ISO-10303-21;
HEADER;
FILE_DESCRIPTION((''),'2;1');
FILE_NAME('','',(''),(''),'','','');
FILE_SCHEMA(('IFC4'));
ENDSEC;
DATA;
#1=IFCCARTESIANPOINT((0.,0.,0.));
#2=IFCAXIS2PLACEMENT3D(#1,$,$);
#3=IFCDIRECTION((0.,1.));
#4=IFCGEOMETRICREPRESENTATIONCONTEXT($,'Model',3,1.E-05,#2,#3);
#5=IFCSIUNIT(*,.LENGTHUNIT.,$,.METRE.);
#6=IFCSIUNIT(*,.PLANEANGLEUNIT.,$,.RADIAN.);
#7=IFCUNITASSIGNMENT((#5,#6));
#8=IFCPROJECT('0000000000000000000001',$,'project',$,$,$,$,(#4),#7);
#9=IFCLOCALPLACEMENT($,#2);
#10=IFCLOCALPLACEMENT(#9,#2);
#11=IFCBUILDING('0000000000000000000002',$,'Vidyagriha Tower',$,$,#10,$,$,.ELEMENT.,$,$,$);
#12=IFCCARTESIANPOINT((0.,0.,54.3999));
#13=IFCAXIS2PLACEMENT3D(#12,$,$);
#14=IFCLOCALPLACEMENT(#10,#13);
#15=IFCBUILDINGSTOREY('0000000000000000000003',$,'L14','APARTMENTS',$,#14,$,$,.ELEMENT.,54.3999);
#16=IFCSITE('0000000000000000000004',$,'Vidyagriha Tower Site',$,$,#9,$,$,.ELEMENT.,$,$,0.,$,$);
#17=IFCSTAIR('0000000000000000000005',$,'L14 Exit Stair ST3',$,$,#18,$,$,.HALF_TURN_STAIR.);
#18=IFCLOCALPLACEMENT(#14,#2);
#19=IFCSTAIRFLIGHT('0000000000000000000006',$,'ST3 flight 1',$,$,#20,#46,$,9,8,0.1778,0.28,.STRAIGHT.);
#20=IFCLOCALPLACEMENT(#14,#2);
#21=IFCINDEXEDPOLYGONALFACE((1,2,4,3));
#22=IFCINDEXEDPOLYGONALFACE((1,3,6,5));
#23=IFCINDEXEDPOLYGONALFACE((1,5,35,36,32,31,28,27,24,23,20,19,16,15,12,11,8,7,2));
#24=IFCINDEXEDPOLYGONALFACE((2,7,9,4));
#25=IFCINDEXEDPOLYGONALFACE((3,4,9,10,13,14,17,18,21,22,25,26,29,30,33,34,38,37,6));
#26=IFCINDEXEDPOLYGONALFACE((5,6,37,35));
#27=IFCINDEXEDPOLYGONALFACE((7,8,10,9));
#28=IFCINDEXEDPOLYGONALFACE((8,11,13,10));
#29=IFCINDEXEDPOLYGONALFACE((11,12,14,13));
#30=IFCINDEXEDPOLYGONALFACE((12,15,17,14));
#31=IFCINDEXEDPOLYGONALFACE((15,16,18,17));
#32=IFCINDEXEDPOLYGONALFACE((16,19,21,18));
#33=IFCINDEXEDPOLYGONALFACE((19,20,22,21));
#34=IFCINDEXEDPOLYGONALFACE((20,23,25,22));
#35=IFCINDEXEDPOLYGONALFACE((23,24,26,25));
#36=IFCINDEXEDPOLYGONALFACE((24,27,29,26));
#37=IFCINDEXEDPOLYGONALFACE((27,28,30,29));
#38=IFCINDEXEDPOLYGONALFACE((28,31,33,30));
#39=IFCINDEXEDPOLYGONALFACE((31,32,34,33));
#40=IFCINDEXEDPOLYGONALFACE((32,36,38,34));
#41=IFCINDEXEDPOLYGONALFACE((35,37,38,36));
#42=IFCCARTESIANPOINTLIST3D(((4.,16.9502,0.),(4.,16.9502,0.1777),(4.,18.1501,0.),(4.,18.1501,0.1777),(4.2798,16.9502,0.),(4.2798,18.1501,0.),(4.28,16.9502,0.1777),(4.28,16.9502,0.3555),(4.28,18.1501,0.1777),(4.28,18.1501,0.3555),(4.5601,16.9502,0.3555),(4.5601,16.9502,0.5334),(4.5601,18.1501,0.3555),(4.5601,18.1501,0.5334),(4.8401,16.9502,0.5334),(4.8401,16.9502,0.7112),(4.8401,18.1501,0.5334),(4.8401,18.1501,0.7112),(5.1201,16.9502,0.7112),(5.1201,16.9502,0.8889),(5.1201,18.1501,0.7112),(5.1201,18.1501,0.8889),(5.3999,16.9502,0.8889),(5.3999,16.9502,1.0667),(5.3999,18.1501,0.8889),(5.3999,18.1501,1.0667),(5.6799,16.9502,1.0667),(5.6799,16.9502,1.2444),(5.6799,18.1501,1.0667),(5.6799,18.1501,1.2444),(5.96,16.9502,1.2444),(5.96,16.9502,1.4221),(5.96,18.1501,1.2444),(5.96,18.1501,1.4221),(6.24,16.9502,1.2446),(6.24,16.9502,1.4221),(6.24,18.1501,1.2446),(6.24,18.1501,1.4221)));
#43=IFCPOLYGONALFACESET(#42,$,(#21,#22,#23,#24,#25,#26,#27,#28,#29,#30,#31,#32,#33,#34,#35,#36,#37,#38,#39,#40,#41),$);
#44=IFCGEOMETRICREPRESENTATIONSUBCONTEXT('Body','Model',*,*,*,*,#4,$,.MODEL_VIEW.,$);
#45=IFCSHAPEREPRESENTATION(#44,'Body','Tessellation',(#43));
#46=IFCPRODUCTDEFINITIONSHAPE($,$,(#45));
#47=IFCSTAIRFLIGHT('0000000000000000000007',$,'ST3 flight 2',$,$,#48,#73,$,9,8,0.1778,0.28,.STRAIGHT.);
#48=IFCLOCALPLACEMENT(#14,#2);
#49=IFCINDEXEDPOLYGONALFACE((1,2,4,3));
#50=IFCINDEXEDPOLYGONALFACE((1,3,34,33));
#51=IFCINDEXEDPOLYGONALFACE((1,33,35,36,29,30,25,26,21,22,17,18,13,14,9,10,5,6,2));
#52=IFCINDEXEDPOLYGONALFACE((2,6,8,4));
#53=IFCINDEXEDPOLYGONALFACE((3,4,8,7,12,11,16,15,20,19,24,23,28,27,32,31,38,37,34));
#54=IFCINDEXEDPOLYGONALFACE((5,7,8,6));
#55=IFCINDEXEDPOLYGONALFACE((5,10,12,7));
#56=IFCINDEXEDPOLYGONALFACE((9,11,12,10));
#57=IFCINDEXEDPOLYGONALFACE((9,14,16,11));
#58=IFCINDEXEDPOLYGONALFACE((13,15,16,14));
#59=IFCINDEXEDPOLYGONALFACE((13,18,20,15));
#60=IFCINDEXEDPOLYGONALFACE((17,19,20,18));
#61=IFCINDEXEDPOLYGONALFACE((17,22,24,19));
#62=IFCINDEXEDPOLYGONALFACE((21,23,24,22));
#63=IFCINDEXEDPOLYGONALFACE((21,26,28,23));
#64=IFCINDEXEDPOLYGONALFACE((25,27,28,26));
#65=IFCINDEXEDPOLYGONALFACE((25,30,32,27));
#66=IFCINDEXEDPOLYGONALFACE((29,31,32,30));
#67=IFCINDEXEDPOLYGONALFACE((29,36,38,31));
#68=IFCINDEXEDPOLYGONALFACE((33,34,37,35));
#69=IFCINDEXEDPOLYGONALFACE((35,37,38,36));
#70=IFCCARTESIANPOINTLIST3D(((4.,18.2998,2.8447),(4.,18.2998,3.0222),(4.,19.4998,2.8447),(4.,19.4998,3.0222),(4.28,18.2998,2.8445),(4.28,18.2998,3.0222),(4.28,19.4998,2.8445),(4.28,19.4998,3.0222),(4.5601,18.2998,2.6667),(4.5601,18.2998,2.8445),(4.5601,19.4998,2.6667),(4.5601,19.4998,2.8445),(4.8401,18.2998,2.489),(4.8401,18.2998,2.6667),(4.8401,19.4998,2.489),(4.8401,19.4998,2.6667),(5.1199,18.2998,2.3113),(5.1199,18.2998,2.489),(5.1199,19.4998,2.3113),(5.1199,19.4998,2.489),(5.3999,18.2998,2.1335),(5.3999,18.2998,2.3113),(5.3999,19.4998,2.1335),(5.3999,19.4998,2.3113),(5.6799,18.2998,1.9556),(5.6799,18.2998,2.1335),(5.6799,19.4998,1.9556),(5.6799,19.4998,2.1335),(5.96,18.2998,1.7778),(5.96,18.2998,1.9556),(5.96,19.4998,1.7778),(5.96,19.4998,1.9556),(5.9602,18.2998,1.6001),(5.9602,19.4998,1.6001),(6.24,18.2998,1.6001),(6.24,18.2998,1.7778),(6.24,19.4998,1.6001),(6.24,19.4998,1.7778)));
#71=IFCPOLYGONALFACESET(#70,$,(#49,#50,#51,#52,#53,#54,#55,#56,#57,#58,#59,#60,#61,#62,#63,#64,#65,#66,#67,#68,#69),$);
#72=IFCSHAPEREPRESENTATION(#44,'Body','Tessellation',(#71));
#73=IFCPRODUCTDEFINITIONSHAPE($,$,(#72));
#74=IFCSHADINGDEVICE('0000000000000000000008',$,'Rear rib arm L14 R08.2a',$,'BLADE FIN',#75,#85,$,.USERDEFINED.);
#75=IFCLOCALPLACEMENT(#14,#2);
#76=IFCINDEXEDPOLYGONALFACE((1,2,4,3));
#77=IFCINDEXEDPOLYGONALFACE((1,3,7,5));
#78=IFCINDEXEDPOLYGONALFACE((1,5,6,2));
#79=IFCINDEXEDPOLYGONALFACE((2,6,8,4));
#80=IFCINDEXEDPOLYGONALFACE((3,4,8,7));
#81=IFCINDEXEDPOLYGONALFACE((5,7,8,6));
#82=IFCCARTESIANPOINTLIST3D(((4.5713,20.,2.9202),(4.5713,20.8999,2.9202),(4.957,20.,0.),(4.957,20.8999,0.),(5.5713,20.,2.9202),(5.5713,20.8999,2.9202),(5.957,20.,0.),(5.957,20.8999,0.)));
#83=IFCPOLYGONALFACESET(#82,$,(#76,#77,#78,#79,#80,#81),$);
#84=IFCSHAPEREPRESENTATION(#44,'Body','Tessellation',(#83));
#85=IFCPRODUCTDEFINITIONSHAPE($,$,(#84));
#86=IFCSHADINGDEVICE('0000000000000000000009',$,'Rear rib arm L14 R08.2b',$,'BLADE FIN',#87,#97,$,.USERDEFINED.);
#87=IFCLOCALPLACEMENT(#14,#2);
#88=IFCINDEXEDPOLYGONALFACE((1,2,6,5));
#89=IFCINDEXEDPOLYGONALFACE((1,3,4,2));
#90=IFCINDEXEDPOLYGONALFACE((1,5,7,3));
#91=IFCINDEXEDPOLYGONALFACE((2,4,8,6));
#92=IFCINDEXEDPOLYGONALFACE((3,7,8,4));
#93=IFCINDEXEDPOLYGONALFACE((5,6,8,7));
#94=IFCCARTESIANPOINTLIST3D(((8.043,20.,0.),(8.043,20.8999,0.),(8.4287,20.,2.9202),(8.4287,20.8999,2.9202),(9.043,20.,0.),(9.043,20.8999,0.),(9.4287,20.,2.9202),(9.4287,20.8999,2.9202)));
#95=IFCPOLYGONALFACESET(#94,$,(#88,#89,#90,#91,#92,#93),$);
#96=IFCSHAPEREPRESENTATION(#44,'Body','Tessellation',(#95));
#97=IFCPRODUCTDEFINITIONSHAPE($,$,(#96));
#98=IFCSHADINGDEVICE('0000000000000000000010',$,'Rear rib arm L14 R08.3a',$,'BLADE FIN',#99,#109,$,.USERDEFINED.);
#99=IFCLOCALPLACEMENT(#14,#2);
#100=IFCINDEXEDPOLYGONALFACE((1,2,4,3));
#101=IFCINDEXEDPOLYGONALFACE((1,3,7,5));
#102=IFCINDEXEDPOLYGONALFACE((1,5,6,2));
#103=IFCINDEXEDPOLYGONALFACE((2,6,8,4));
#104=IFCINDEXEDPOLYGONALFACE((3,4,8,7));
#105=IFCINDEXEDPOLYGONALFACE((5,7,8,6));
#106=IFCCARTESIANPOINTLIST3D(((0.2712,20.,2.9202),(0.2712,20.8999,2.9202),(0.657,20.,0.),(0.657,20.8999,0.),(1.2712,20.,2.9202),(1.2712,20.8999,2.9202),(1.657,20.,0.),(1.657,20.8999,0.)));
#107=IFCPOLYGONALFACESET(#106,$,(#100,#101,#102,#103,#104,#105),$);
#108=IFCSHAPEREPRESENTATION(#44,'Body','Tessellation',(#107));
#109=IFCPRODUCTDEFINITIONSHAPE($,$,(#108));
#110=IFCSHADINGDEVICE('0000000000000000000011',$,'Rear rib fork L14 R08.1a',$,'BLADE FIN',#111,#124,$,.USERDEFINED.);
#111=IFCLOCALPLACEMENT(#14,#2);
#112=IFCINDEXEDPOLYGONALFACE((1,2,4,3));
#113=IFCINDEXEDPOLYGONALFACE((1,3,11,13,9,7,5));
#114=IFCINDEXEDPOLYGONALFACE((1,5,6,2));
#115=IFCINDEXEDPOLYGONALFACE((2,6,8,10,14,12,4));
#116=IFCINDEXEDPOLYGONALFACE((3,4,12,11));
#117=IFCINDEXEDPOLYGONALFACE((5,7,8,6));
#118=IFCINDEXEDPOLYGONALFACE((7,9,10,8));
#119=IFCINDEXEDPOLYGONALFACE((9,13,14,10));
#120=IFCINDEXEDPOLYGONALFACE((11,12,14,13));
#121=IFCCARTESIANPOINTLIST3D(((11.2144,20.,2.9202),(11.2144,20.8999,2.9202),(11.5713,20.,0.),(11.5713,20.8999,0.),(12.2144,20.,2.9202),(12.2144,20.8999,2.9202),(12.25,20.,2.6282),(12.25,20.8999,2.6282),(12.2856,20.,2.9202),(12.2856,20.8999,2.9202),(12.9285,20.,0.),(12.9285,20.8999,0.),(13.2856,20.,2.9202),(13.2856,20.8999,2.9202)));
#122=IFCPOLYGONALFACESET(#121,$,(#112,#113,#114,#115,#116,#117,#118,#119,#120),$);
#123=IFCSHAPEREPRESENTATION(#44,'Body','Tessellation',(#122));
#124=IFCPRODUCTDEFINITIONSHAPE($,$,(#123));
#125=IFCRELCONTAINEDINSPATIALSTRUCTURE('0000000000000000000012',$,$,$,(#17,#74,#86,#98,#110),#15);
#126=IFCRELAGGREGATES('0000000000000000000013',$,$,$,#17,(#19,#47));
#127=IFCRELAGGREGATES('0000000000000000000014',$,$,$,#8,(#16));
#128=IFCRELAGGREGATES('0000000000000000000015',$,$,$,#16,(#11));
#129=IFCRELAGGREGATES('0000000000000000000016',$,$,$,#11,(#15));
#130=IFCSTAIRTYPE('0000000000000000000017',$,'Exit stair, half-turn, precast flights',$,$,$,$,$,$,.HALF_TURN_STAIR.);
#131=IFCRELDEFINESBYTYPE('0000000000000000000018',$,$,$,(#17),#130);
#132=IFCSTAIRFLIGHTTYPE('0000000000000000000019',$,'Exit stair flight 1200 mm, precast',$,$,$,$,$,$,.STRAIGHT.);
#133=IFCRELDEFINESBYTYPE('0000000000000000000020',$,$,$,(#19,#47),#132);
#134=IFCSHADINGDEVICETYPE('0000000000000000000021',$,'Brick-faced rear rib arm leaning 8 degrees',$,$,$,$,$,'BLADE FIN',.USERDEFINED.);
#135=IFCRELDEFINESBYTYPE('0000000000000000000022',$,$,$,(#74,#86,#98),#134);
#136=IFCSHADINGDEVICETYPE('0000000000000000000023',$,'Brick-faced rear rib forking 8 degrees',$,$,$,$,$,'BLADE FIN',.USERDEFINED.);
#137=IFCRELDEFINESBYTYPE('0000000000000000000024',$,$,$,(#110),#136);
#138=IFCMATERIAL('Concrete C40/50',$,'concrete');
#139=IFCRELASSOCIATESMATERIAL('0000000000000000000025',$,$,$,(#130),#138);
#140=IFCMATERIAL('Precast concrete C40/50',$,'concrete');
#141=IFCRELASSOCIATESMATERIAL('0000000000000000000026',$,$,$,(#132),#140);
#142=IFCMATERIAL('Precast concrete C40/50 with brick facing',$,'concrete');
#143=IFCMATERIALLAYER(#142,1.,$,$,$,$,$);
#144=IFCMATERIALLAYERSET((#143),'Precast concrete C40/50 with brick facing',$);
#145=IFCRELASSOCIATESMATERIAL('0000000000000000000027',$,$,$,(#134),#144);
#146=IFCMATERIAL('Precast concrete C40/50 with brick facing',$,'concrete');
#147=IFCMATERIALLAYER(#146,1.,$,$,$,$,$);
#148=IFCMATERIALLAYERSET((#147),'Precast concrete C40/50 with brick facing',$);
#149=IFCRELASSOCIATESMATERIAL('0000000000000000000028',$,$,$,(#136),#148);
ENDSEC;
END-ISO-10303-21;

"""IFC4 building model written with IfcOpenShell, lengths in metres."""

from ifc_helpers import new_model, si_unit, direction, frame, origin, place, context, subcontext, project, spatial, polyline, outline, extrude, material, layer, layer_set, type_object, element, aggregate, save


model = new_model("IFC4")

# Units and contexts
model_context = context("Model", 3, precision=1e-05, world=origin(), true_north=direction((0.0, 1.0)))
body_context = subcontext(model_context, "Body", "Model", "MODEL_VIEW")
ifc_project = project(units=[si_unit("LENGTHUNIT", "METRE"), si_unit("PLANEANGLEUNIT", "RADIAN")], contexts=[model_context])

# Site, building, storey
site_placement = place(None, origin())
site = spatial("IfcSite", under=ifc_project, at=site_placement, Name="Vidyagriha Tower Site", CompositionType="ELEMENT", RefElevation=0.0)
building_placement = place(site_placement, origin())
building = spatial("IfcBuilding", under=site, at=building_placement, Name="Vidyagriha Tower", CompositionType="ELEMENT")
storey_placement = place(building_placement, frame((0.0, 0.0, 54.3999)))
storey = spatial("IfcBuildingStorey", under=building, at=storey_placement, Name="L14", Description="APARTMENTS", CompositionType="ELEMENT", Elevation=54.3999)

# Shared definitions
ifc_material_1 = material(Name="Concrete C40/50", Category="concrete")
stair_type = type_object("IfcStairType", Name="Exit stair, half-turn, precast flights", PredefinedType="HALF_TURN_STAIR", material=ifc_material_1)
ifc_material_2 = material(Name="Precast concrete C40/50", Category="concrete")
stair_flight_type = type_object("IfcStairFlightType", Name="Exit stair flight 1200 mm, precast", PredefinedType="STRAIGHT", material=ifc_material_2)

# Stair, stair flights
stair_1_placement = place(storey_placement, origin())
stair_1 = element("IfcStair", 1, at=stair_1_placement, inside=storey, type_object=stair_type, Name="L14 Exit Stair ST3", PredefinedType="HALF_TURN_STAIR")
stair_flight_1_placement = place(storey_placement, frame((4.0, 17.55, 0.0)))
stair_flight_1 = element("IfcStairFlight", 2, at=stair_flight_1_placement, type_object=stair_flight_type, Name="ST3 flight 1", NumberOfRisers=9, NumberOfTreads=8, PredefinedType="STRAIGHT", RiserHeight=0.1778, TreadLength=0.28, context=body_context, shape_type="SweptSolid", body=[
    extrude(outline(polyline([(0.0, 0.0), (0.0, 0.1777), (0.28, 0.1777), (0.28, 0.3555), (0.5601, 0.3555), (0.5601, 0.5334), (0.8401, 0.5334), (0.8401, 0.7112), (1.1201, 0.7112), (1.1201, 0.8889), (1.3999, 0.8889), (1.3999, 1.0667), (1.6799, 1.0667), (1.6799, 1.2444), (1.96, 1.2444), (1.96, 1.4221), (2.24, 1.4221), (2.24, 1.6001), (2.24, 1.2446), (0.2798, 0.0), (0.0, 0.0)])), frame((0.0, 0.6001, 0.0), z_axis=(0.0, -1.0, 0.0), x_axis=(1.0, 0.0, 0.0)), (0.0, 0.0, 1.0), 1.2),
])
stair_flight_2_placement = place(storey_placement, frame((6.24, 18.8999, 1.6001), z_axis=(0.0, 0.0, 1.0), x_axis=(-1.0, 0.0, 0.0)))
stair_flight_2 = element("IfcStairFlight", 3, at=stair_flight_2_placement, type_object=stair_flight_type, Name="ST3 flight 2", NumberOfRisers=9, NumberOfTreads=8, PredefinedType="STRAIGHT", RiserHeight=0.1778, TreadLength=0.28, context=body_context, shape_type="SweptSolid", body=[
    extrude(outline(polyline([(0.0, 0.0), (0.0, 0.1777), (0.28, 0.1777), (0.28, 0.3555), (0.5601, 0.3555), (0.5601, 0.5334), (0.8401, 0.5334), (0.8401, 0.7112), (1.1201, 0.7112), (1.1201, 0.8889), (1.3999, 0.8889), (1.3999, 1.0667), (1.6799, 1.0667), (1.6799, 1.2444), (1.96, 1.2444), (1.96, 1.4221), (2.24, 1.4221), (2.24, 1.6001), (2.24, 1.2446), (0.2798, 0.0), (0.0, 0.0)])), frame((0.0, 0.6001, 0.0), z_axis=(0.0, -1.0, 0.0), x_axis=(1.0, 0.0, 0.0)), (0.0, 0.0, 1.0), 1.2),
])
aggregate(stair_1, [stair_flight_1, stair_flight_2])

# Shading devices
ifc_material_3 = material(Name="Precast concrete C40/50 with brick facing", Category="concrete")
ifc_layer_1 = layer(ifc_material_3, 1.0)
ifc_layer_set_1 = layer_set([ifc_layer_1], Name="Precast concrete C40/50 with brick facing")
shading_device_type_1 = type_object("IfcShadingDeviceType", Name="Brick-faced rear rib arm leaning 8 degrees", ElementType="BLADE FIN", PredefinedType="USERDEFINED", material=ifc_layer_set_1)
shading_device_1_placement = place(storey_placement, frame((5.957, 20.45, 0.0), z_axis=(0.0, 0.0, 1.0), x_axis=(-1.0, 0.0, 0.0)))
element("IfcShadingDevice", 4, at=shading_device_1_placement, inside=storey, type_object=shading_device_type_1, Name="Rear rib arm L14 R08.2a", ObjectType="BLADE FIN", PredefinedType="USERDEFINED", context=body_context, shape_type="SweptSolid", body=[
    extrude(outline(polyline([(0.0, 0.0), (1.0, 0.0), (1.3857, 2.9202), (0.3857, 2.9202), (0.0, 0.0)])), frame((0.0, 0.45, 0.0), z_axis=(0.0, -1.0, 0.0), x_axis=(1.0, 0.0, 0.0)), (0.0, 0.0, 1.0), 0.8999),
])
shading_device_2_placement = place(storey_placement, frame((9.4287, 20.45, 0.0), z_axis=(0.0, 0.0, 1.0), x_axis=(-1.0, 0.0, 0.0)))
element("IfcShadingDevice", 5, at=shading_device_2_placement, inside=storey, type_object=shading_device_type_1, Name="Rear rib arm L14 R08.2b", ObjectType="BLADE FIN", PredefinedType="USERDEFINED", context=body_context, shape_type="SweptSolid", body=[
    extrude(outline(polyline([(0.3857, 0.0), (1.3857, 0.0), (1.0, 2.9202), (0.0, 2.9202), (0.3857, 0.0)])), frame((0.0, 0.45, 0.0), z_axis=(0.0, -1.0, 0.0), x_axis=(1.0, 0.0, 0.0)), (0.0, 0.0, 1.0), 0.8999),
])
shading_device_3_placement = place(storey_placement, frame((1.657, 20.45, 0.0), z_axis=(0.0, 0.0, 1.0), x_axis=(-1.0, 0.0, 0.0)))
element("IfcShadingDevice", 6, at=shading_device_3_placement, inside=storey, type_object=shading_device_type_1, Name="Rear rib arm L14 R08.3a", ObjectType="BLADE FIN", PredefinedType="USERDEFINED", context=body_context, shape_type="SweptSolid", body=[
    extrude(outline(polyline([(0.0, 0.0), (1.0, 0.0), (1.3857, 2.9202), (0.3857, 2.9202), (0.0, 0.0)])), frame((0.0, 0.45, 0.0), z_axis=(0.0, -1.0, 0.0), x_axis=(1.0, 0.0, 0.0)), (0.0, 0.0, 1.0), 0.8999),
])
ifc_material_4 = material(Name="Precast concrete C40/50 with brick facing", Category="concrete")
ifc_layer_2 = layer(ifc_material_4, 1.0)
ifc_layer_set_2 = layer_set([ifc_layer_2], Name="Precast concrete C40/50 with brick facing")
shading_device_type_2 = type_object("IfcShadingDeviceType", Name="Brick-faced rear rib forking 8 degrees", ElementType="BLADE FIN", PredefinedType="USERDEFINED", material=ifc_layer_set_2)
shading_device_4_placement = place(storey_placement, frame((13.2856, 20.45, 0.0), z_axis=(0.0, 0.0, 1.0), x_axis=(-1.0, 0.0, 0.0)))
element("IfcShadingDevice", 7, at=shading_device_4_placement, inside=storey, type_object=shading_device_type_2, Name="Rear rib fork L14 R08.1a", ObjectType="BLADE FIN", PredefinedType="USERDEFINED", context=body_context, shape_type="SweptSolid", body=[
    extrude(outline(polyline([(0.3572, 0.0), (1.7144, 0.0), (2.0713, 2.9202), (1.0713, 2.9202), (1.0356, 2.6282), (1.0, 2.9202), (0.0, 2.9202), (0.3572, 0.0)])), frame((0.0, 0.45, 0.0), z_axis=(0.0, -1.0, 0.0), x_axis=(1.0, 0.0, 0.0)), (0.0, 0.0, 1.0), 0.8999),
])

save(model, "model.ifc")
